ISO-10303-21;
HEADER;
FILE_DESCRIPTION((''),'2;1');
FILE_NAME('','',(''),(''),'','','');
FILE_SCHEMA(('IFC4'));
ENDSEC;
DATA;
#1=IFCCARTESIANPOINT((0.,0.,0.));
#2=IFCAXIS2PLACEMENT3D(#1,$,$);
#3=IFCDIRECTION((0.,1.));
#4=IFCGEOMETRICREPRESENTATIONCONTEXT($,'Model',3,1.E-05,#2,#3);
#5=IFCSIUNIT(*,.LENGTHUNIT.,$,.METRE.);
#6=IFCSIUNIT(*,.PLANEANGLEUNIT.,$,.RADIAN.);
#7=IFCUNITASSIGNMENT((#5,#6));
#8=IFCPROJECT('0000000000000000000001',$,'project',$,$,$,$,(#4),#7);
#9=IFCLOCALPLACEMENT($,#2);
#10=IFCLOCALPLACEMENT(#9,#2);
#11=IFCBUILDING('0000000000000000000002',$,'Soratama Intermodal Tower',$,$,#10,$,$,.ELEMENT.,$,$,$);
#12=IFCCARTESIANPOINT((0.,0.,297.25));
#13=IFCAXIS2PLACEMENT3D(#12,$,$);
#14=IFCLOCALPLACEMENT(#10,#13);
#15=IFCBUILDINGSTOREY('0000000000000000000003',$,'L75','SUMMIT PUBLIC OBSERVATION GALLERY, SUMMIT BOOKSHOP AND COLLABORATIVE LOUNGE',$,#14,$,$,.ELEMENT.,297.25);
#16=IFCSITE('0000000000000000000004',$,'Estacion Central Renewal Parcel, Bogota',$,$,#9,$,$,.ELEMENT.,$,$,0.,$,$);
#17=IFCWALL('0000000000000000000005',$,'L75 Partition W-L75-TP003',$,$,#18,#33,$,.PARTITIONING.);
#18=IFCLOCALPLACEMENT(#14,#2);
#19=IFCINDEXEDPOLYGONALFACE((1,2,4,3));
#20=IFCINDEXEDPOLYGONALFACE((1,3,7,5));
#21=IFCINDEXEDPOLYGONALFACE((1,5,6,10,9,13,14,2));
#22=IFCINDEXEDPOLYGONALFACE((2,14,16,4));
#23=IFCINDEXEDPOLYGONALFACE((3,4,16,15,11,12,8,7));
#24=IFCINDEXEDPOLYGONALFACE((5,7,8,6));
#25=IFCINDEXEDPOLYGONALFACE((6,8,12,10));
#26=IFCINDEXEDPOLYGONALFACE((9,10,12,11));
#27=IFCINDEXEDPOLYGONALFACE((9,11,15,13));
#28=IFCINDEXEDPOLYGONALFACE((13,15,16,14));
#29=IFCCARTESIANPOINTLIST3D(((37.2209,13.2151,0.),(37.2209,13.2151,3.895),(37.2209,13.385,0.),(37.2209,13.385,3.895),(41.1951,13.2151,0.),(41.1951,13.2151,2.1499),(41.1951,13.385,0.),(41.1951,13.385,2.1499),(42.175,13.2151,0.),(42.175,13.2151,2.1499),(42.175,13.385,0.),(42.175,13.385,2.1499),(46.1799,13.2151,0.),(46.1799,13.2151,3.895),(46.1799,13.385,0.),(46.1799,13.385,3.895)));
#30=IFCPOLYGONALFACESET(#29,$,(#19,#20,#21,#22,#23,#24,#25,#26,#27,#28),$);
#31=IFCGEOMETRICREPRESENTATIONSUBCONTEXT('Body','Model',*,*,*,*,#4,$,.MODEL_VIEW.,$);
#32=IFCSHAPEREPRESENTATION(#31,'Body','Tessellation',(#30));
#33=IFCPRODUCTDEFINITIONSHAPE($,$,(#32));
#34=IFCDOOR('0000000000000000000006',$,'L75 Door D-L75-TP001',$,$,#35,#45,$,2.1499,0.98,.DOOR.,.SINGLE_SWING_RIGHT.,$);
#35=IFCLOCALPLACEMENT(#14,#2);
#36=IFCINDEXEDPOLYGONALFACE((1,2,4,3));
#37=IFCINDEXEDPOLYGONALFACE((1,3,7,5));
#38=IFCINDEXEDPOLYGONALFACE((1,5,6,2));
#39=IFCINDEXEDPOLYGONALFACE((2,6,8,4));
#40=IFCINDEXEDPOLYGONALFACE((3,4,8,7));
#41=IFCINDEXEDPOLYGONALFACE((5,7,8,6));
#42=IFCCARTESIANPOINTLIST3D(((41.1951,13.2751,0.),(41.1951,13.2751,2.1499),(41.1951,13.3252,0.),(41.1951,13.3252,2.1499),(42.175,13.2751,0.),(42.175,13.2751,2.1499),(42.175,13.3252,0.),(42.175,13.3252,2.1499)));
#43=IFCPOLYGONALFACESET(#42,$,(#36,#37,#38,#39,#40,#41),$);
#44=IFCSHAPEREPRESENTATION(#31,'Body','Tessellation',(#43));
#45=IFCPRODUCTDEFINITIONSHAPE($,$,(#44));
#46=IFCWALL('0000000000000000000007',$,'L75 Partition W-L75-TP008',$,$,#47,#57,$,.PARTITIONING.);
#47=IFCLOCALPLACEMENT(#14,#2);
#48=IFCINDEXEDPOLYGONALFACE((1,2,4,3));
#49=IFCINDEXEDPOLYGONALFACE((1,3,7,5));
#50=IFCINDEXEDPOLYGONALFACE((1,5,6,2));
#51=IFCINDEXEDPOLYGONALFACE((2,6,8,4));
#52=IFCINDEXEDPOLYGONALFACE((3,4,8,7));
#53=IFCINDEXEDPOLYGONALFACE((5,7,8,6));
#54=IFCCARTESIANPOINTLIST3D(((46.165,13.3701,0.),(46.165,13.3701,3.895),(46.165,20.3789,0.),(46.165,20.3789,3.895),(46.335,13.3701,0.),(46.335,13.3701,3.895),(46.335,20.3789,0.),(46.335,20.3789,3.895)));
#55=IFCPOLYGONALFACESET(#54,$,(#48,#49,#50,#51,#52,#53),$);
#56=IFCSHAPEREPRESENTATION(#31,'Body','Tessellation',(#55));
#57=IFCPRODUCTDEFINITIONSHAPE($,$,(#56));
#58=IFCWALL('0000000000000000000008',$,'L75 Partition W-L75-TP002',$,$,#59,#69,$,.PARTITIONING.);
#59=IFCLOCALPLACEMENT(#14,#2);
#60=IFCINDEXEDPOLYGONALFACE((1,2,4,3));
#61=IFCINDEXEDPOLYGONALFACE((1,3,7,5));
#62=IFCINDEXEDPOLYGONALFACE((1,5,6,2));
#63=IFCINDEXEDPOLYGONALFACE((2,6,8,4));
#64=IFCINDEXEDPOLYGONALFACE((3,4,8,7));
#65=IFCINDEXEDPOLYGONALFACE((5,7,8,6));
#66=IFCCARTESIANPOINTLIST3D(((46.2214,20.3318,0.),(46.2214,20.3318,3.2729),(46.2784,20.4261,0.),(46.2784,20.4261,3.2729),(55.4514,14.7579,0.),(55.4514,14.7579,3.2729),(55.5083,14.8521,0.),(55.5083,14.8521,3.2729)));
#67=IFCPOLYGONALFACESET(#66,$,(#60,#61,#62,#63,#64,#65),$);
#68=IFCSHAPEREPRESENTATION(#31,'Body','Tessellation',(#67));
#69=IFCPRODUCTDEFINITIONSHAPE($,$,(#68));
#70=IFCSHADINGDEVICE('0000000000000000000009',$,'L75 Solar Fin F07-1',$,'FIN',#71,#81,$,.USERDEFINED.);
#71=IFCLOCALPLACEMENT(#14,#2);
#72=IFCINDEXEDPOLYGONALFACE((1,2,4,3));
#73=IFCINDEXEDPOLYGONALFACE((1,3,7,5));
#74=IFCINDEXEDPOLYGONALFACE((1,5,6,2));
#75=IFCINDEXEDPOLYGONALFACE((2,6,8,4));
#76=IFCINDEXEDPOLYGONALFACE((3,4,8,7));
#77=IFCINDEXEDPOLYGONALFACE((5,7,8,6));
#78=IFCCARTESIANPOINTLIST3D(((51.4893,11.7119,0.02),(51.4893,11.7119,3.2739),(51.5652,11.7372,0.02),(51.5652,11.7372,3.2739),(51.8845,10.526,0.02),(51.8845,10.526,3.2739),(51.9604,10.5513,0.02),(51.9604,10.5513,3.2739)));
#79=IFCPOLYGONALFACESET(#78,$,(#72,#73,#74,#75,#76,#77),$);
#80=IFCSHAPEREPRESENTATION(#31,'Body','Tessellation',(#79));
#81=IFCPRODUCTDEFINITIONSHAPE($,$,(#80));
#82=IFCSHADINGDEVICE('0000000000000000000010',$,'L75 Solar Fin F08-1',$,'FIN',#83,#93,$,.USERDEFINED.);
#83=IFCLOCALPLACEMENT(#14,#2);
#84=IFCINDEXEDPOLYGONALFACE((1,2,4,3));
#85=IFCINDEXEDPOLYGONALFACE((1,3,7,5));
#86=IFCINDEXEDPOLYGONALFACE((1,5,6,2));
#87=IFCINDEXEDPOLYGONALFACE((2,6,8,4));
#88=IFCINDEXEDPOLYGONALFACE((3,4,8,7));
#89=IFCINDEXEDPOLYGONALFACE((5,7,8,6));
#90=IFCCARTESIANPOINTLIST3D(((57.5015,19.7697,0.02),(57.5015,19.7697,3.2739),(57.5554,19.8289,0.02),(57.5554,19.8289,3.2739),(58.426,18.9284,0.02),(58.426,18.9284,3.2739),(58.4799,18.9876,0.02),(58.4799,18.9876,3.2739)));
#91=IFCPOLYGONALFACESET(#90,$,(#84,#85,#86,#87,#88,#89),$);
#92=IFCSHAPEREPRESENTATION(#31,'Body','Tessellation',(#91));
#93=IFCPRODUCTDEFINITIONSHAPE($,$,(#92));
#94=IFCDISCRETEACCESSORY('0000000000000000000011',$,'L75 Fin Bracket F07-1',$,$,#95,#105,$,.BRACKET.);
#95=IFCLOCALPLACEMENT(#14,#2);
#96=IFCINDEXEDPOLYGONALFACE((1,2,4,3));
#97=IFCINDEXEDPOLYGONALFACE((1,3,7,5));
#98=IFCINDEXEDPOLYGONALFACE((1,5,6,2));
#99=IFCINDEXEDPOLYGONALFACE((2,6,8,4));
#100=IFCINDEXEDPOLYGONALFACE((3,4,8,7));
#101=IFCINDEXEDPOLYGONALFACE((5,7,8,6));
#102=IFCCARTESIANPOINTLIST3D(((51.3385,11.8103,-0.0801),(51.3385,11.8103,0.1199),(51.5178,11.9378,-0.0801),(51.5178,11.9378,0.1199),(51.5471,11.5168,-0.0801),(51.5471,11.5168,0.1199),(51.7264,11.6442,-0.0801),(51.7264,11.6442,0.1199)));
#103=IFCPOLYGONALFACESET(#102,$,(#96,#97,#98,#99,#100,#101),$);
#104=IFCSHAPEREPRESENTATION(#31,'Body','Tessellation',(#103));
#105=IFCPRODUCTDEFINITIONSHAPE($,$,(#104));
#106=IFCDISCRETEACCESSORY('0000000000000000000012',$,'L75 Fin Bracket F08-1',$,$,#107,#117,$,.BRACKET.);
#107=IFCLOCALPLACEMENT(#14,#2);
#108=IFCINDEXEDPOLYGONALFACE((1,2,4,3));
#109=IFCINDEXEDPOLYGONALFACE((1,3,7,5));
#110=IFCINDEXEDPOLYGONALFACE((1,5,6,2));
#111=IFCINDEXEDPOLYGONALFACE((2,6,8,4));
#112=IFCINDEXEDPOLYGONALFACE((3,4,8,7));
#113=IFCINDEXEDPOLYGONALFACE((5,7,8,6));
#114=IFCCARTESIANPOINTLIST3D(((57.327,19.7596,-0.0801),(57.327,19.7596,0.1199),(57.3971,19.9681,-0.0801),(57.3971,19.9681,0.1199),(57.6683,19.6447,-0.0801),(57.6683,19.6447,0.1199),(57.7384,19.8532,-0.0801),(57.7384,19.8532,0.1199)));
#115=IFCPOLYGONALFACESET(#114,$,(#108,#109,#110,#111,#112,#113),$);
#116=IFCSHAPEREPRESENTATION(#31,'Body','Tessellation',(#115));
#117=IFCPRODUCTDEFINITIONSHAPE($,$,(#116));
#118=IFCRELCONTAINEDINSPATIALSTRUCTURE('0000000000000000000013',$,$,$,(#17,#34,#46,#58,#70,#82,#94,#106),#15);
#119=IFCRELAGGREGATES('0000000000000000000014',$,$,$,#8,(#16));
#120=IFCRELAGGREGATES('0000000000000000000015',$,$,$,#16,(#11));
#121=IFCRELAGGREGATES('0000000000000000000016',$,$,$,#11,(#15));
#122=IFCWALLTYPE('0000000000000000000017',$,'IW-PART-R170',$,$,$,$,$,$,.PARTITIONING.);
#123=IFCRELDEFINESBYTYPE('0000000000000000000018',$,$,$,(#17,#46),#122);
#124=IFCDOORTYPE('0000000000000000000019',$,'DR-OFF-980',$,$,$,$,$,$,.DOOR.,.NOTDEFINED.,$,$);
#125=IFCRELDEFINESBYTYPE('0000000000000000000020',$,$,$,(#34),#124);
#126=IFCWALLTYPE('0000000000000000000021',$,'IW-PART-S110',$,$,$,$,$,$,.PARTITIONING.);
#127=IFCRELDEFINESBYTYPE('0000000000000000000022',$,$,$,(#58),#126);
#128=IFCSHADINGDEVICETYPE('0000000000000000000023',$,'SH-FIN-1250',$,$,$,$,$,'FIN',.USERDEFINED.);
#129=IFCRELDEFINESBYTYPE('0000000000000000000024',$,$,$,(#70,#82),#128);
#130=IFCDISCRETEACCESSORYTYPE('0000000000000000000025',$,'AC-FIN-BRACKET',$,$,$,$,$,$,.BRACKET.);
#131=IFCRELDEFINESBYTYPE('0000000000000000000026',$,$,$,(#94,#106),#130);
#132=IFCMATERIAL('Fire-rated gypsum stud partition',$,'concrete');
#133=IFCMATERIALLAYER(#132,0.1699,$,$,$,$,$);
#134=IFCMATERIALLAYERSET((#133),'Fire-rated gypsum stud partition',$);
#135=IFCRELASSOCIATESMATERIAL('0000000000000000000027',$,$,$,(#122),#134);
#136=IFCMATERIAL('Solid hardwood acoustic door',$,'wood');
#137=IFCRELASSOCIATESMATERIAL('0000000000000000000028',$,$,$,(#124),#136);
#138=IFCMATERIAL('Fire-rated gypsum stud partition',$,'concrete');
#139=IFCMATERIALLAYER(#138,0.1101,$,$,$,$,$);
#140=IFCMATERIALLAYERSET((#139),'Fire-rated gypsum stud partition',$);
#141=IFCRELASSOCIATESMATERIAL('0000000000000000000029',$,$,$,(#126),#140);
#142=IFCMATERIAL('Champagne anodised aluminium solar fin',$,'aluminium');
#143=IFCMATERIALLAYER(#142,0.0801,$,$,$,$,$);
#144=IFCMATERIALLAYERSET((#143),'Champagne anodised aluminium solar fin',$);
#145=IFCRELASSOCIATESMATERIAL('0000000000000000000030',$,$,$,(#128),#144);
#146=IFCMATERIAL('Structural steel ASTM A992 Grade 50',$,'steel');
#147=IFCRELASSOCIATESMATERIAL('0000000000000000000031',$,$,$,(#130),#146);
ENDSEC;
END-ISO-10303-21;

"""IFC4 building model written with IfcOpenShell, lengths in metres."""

from ifc_helpers import new_model, si_unit, direction, frame, frame_2d, origin, origin_2d, place, context, subcontext, project, spatial, rectangle, extrude, material, layer, layer_set, type_object, element, fill, save


model = new_model("IFC4")

# Units and contexts
model_context = context("Model", 3, precision=1e-05, world=origin(), true_north=direction((0.0, 1.0)))
body_context = subcontext(model_context, "Body", "Model", "MODEL_VIEW")
ifc_project = project(units=[si_unit("LENGTHUNIT", "METRE"), si_unit("PLANEANGLEUNIT", "RADIAN")], contexts=[model_context])

# Site, building, storey
site_placement = place(None, origin())
site = spatial("IfcSite", under=ifc_project, at=site_placement, Name="Estacion Central Renewal Parcel, Bogota", CompositionType="ELEMENT", RefElevation=0.0)
building_placement = place(site_placement, origin())
building = spatial("IfcBuilding", under=site, at=building_placement, Name="Soratama Intermodal Tower", CompositionType="ELEMENT")
storey_placement = place(building_placement, frame((0.0, 0.0, 297.25)))
storey = spatial("IfcBuildingStorey", under=building, at=storey_placement, Name="L75", Description="SUMMIT PUBLIC OBSERVATION GALLERY, SUMMIT BOOKSHOP AND COLLABORATIVE LOUNGE", CompositionType="ELEMENT", Elevation=297.25)

# Wall, opening, door
ifc_material_1 = material(Name="Fire-rated gypsum stud partition", Category="concrete")
ifc_layer_1 = layer(ifc_material_1, 0.1699)
ifc_layer_set_1 = layer_set([ifc_layer_1], Name="Fire-rated gypsum stud partition")
wall_type_1 = type_object("IfcWallType", Name="IW-PART-R170", PredefinedType="PARTITIONING", material=ifc_layer_set_1)
wall_1_placement = place(storey_placement, frame((46.1799, 13.3, 0.0), z_axis=(0.0, 0.0, 1.0), x_axis=(-1.0, 0.0, 0.0)))
wall_1 = element("IfcWall", 1, at=wall_1_placement, inside=storey, type_object=wall_type_1, Name="L75 Partition W-L75-TP003", PredefinedType="PARTITIONING", context=body_context, shape_type="SweptSolid", body=[
    extrude(rectangle(XDim=8.959, YDim=0.1699, at=frame_2d((4.4795, 0.0))), origin(), (0.0, 0.0, 1.0), 3.895),
])
opening_1_placement = place(wall_1_placement, frame((4.0049, 0.0, 0.0)))
opening_1 = element("IfcOpeningElement", 2, at=opening_1_placement, cuts=wall_1, PredefinedType="OPENING", context=body_context, shape_type="SweptSolid", body=[
    extrude(rectangle(XDim=0.98, YDim=2.1499, at=frame_2d((0.49, 1.075))), frame((0.0, 0.095, 0.0), z_axis=(0.0, -1.0, 0.0), x_axis=(1.0, 0.0, 0.0)), (0.0, 0.0, 1.0), 0.1899),
])
ifc_material_2 = material(Name="Solid hardwood acoustic door", Category="wood")
door_type = type_object("IfcDoorType", Name="DR-OFF-980", OperationType="NOTDEFINED", PredefinedType="DOOR", material=ifc_material_2)
door_placement = place(opening_1_placement, origin())
door = element("IfcDoor", 3, at=door_placement, inside=storey, type_object=door_type, Name="L75 Door D-L75-TP001", OperationType="SINGLE_SWING_RIGHT", OverallHeight=2.1499, OverallWidth=0.98, PredefinedType="DOOR", context=body_context, shape_type="SweptSolid", body=[
    extrude(rectangle(XDim=0.98, YDim=2.1499, at=frame_2d((0.49, 1.075))), frame((0.0, 0.0249, 0.0), z_axis=(0.0, -1.0, 0.0), x_axis=(1.0, 0.0, 0.0)), (0.0, 0.0, 1.0), 0.05),
])
fill(opening_1, door)

# Walls
wall_2_placement = place(storey_placement, frame((46.25, 20.3789, 0.0), z_axis=(0.0, 0.0, 1.0), x_axis=(0.0, -1.0, 0.0)))
element("IfcWall", 4, at=wall_2_placement, inside=storey, type_object=wall_type_1, Name="L75 Partition W-L75-TP008", PredefinedType="PARTITIONING", context=body_context, shape_type="SweptSolid", body=[
    extrude(rectangle(XDim=7.0088, YDim=0.1699, at=frame_2d((3.5044, 0.0))), origin(), (0.0, 0.0, 1.0), 3.895),
])
ifc_material_3 = material(Name="Fire-rated gypsum stud partition", Category="concrete")
ifc_layer_2 = layer(ifc_material_3, 0.1101)
ifc_layer_set_2 = layer_set([ifc_layer_2], Name="Fire-rated gypsum stud partition")
wall_type_2 = type_object("IfcWallType", Name="IW-PART-S110", PredefinedType="PARTITIONING", material=ifc_layer_set_2)
wall_3_placement = place(storey_placement, frame((46.25, 20.3789, 0.0), z_axis=(0.0, 0.0, 1.0), x_axis=(0.856017, -0.516948, 0.0)))
element("IfcWall", 5, at=wall_3_placement, inside=storey, type_object=wall_type_2, Name="L75 Partition W-L75-TP002", PredefinedType="PARTITIONING", context=body_context, shape_type="SweptSolid", body=[
    extrude(rectangle(XDim=10.7825, YDim=0.1101, at=frame_2d((5.3911, 0.0))), origin(), (0.0, 0.0, 1.0), 3.2729),
])

# Shading devices
ifc_material_4 = material(Name="Champagne anodised aluminium solar fin", Category="aluminium")
ifc_layer_3 = layer(ifc_material_4, 0.0801)
ifc_layer_set_3 = layer_set([ifc_layer_3], Name="Champagne anodised aluminium solar fin")
shading_device_type = type_object("IfcShadingDeviceType", Name="SH-FIN-1250", ElementType="FIN", PredefinedType="USERDEFINED", material=ifc_layer_set_3)
for number, where, z_axis, x_axis, name in (
    (6, (51.7249, 11.1316, 0.02), (0.0, 0.0, 1.0), (0.316146, -0.948711, 0.0), "L75 Solar Fin F07-1"),
    (7, (57.9907, 19.3787, 0.02), (0.0, 0.0, 1.0), (0.739631, -0.673013, 0.0), "L75 Solar Fin F08-1"),
):
    element("IfcShadingDevice", number, at=place(storey_placement, frame(where, z_axis=z_axis, x_axis=x_axis)), inside=storey, type_object=shading_device_type, Name=name, ObjectType="FIN", PredefinedType="USERDEFINED", context=body_context, shape_type="SweptSolid", body=[
        extrude(rectangle(XDim=1.25, YDim=0.0801, at=origin_2d()), origin(), (0.0, 0.0, 1.0), 3.2539),
    ])

# Discrete accessories
ifc_material_5 = material(Name="Structural steel ASTM A992 Grade 50", Category="steel")
discrete_accessory_type = type_object("IfcDiscreteAccessoryType", Name="AC-FIN-BRACKET", PredefinedType="BRACKET", material=ifc_material_5)
for number, where, z_axis, x_axis, name in (
    (8, (51.5325, 11.7273, -0.0801), (0.0, 0.0, 1.0), (0.579281, -0.815128, 0.0), "L75 Fin Bracket F07-1"),
    (9, (57.5327, 19.8064, -0.0801), (0.0, 0.0, 1.0), (0.947768, -0.318959, 0.0), "L75 Fin Bracket F08-1"),
):
    element("IfcDiscreteAccessory", number, at=place(storey_placement, frame(where, z_axis=z_axis, x_axis=x_axis)), inside=storey, type_object=discrete_accessory_type, Name=name, PredefinedType="BRACKET", context=body_context, shape_type="SweptSolid", body=[
        extrude(rectangle(XDim=0.3601, YDim=0.22, at=origin_2d()), origin(), (0.0, 0.0, 1.0), 0.2),
    ])

save(model, "model.ifc")
